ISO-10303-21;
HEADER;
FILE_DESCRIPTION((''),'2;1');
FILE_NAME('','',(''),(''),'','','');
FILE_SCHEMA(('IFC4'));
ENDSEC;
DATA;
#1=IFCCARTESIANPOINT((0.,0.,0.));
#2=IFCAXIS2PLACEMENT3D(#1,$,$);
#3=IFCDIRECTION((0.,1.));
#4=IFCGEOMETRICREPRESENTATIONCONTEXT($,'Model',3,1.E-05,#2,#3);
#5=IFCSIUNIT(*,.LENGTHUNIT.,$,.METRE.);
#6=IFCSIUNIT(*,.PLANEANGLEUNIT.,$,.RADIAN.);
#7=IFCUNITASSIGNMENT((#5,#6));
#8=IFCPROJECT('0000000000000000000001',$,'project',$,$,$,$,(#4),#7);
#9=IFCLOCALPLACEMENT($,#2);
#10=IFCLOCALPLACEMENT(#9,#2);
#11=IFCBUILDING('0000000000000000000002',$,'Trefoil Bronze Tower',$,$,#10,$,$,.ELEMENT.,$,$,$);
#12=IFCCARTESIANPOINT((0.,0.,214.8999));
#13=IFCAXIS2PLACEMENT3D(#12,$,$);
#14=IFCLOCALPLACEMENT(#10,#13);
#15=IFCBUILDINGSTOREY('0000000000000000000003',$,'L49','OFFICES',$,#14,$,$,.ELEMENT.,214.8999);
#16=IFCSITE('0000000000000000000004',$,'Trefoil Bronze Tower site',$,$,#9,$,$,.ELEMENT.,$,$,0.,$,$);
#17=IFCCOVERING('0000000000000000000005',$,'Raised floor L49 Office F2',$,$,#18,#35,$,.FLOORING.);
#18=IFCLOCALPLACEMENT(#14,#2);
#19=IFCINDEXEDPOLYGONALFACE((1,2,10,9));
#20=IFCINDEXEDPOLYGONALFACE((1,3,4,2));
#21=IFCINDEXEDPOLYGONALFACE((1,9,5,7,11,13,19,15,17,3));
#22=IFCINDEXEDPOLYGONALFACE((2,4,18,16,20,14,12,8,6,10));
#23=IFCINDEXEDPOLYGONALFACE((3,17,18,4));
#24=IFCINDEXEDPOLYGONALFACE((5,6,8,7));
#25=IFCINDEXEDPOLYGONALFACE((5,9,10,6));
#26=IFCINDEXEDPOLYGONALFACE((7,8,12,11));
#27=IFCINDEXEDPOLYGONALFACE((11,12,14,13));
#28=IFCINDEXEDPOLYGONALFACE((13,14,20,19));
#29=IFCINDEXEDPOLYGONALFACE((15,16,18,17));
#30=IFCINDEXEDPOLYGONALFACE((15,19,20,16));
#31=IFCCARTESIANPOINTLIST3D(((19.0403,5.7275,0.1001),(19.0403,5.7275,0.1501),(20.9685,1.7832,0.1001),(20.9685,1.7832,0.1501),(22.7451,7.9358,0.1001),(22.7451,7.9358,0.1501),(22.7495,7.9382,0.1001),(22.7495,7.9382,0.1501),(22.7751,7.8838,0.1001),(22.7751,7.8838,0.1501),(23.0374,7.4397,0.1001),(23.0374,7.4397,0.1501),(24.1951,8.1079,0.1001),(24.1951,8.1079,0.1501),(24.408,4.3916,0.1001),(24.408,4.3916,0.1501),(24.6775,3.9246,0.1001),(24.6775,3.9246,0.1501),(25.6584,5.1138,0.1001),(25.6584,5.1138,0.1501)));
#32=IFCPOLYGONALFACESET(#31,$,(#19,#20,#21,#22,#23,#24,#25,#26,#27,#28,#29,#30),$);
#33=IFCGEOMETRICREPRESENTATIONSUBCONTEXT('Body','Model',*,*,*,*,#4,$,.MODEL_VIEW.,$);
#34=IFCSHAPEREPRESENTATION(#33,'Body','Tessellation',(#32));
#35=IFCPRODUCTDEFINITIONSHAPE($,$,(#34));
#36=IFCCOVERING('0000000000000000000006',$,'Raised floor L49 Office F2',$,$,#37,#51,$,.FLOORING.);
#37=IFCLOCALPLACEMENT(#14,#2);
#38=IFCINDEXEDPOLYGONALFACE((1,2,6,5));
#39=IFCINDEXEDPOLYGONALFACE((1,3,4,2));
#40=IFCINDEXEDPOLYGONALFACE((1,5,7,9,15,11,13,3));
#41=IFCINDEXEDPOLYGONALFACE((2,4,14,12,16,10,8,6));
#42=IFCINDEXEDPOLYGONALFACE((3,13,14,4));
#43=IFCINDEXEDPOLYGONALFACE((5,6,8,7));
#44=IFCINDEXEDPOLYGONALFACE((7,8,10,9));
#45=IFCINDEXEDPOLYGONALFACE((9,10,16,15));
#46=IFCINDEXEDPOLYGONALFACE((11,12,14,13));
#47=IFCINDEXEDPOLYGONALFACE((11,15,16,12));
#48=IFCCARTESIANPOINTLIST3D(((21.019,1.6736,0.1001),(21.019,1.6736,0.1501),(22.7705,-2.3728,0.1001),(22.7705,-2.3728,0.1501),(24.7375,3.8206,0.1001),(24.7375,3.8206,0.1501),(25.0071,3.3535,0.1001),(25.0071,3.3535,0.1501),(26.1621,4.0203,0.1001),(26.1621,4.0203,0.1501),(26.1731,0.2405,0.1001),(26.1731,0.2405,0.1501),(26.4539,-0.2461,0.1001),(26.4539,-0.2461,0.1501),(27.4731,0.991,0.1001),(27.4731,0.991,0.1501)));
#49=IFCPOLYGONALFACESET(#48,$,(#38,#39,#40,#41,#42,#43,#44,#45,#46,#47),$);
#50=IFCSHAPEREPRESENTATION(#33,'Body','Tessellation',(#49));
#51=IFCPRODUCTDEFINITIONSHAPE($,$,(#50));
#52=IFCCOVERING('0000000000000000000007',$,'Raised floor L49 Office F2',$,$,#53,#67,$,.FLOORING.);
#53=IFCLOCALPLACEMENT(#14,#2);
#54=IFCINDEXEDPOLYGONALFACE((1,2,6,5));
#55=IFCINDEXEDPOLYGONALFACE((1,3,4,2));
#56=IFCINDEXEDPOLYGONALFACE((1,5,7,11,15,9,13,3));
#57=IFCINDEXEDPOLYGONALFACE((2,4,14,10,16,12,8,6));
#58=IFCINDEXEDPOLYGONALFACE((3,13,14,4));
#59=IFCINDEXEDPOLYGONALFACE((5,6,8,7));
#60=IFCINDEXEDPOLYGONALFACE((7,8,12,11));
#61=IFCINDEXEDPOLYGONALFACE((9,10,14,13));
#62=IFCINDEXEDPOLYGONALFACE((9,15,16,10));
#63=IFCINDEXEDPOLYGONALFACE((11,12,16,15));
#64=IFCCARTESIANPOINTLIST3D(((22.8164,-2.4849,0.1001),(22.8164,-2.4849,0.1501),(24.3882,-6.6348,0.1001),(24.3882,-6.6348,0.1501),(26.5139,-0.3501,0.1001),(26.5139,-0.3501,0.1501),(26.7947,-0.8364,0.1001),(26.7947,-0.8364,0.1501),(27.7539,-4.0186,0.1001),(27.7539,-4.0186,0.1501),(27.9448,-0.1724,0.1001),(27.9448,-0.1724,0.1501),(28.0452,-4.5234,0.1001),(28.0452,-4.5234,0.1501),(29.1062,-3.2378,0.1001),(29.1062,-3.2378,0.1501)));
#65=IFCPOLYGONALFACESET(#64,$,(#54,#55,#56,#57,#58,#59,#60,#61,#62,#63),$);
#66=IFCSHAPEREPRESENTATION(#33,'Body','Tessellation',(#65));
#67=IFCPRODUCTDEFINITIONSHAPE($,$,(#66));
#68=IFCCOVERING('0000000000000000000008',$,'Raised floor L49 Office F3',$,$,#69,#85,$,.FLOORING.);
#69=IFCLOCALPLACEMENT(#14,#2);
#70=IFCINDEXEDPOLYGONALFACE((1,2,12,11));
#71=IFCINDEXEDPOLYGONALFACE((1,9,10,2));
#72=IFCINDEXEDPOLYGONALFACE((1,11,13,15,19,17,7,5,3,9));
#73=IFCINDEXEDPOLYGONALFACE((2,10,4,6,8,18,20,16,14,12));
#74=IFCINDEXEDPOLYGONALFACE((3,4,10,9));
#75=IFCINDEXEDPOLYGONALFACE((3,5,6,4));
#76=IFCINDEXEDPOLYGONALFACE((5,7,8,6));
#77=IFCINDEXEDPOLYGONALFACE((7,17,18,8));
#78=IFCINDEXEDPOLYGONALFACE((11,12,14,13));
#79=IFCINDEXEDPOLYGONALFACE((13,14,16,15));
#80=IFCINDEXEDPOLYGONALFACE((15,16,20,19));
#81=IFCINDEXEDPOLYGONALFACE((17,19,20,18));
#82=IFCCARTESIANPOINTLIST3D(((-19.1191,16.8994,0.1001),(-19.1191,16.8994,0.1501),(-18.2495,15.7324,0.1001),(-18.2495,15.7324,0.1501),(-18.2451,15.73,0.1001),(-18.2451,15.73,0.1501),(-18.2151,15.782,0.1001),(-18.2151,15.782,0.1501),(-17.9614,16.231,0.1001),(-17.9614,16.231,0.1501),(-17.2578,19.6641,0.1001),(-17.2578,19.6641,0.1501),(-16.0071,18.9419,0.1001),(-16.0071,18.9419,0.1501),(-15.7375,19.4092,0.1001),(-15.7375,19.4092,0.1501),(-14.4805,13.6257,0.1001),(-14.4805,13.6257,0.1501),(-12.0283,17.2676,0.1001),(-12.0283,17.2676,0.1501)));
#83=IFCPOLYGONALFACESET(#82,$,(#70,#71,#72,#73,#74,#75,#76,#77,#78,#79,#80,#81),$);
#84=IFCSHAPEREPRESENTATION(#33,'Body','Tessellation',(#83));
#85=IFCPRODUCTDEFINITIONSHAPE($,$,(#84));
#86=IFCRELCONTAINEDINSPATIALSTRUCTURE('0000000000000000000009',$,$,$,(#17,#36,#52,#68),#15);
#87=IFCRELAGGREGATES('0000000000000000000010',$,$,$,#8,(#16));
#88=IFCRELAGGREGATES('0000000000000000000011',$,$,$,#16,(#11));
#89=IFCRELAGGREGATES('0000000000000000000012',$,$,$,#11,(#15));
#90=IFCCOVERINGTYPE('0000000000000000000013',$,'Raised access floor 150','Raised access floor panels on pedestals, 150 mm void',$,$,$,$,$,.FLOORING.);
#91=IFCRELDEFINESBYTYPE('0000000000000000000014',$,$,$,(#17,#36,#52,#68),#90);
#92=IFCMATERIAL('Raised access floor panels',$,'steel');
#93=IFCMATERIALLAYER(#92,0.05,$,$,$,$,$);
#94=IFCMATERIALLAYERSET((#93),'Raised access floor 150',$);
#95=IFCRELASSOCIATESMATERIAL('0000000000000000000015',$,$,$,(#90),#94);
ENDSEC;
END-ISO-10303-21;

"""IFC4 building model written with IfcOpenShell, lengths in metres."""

from ifc_helpers import new_model, si_unit, direction, frame, origin, place, context, subcontext, project, spatial, polyline, outline, extrude, material, layer, layer_set, type_object, element, save


model = new_model("IFC4")

# Units and contexts
model_context = context("Model", 3, precision=1e-05, world=origin(), true_north=direction((0.0, 1.0)))
body_context = subcontext(model_context, "Body", "Model", "MODEL_VIEW")
ifc_project = project(units=[si_unit("LENGTHUNIT", "METRE"), si_unit("PLANEANGLEUNIT", "RADIAN")], contexts=[model_context])

# Site, building, storey
site_placement = place(None, origin())
site = spatial("IfcSite", under=ifc_project, at=site_placement, Name="Trefoil Bronze Tower site", CompositionType="ELEMENT", RefElevation=0.0)
building_placement = place(site_placement, origin())
building = spatial("IfcBuilding", under=site, at=building_placement, Name="Trefoil Bronze Tower", CompositionType="ELEMENT")
storey_placement = place(building_placement, frame((0.0, 0.0, 214.8999)))
storey = spatial("IfcBuildingStorey", under=building, at=storey_placement, Name="L49", Description="OFFICES", CompositionType="ELEMENT", Elevation=214.8999)

# Coverings
ifc_material_1 = material(Name="Raised access floor panels", Category="steel")
ifc_layer_1 = layer(ifc_material_1, 0.05)
ifc_layer_set_1 = layer_set([ifc_layer_1], Name="Raised access floor 150")
covering_type_1 = type_object("IfcCoveringType", Name="Raised access floor 150", Description="Raised access floor panels on pedestals, 150 mm void", PredefinedType="FLOORING", material=ifc_layer_set_1)
covering_1_placement = place(storey_placement, frame((0.0, 0.0, 0.1001)))
element("IfcCovering", 1, at=covering_1_placement, inside=storey, type_object=covering_type_1, Name="Raised floor L49 Office F2", PredefinedType="FLOORING", context=body_context, shape_type="SweptSolid", body=[
    extrude(outline(polyline([(24.6775, 3.9246), (20.9685, 1.7832), (19.0403, 5.7275), (22.7751, 7.8838), (22.7451, 7.9358), (22.7495, 7.9382), (23.0374, 7.4397), (24.1951, 8.1079), (25.6584, 5.1138), (24.408, 4.3916), (24.6775, 3.9246)])), origin(), (0.0, 0.0, 1.0), 0.05),
])
covering_2_placement = place(storey_placement, frame((0.0, 0.0, 0.1001)))
element("IfcCovering", 2, at=covering_2_placement, inside=storey, type_object=covering_type_1, Name="Raised floor L49 Office F2", PredefinedType="FLOORING", context=body_context, shape_type="SweptSolid", body=[
    extrude(outline(polyline([(26.4539, -0.2461), (22.7705, -2.3728), (21.019, 1.6736), (24.7375, 3.8206), (25.0071, 3.3535), (26.1621, 4.0203), (27.4731, 0.991), (26.1731, 0.2405), (26.4539, -0.2461)])), origin(), (0.0, 0.0, 1.0), 0.05),
])
covering_3_placement = place(storey_placement, frame((0.0, 0.0, 0.1001)))
element("IfcCovering", 3, at=covering_3_placement, inside=storey, type_object=covering_type_1, Name="Raised floor L49 Office F2", PredefinedType="FLOORING", context=body_context, shape_type="SweptSolid", body=[
    extrude(outline(polyline([(28.0452, -4.5234), (24.3882, -6.6348), (22.8164, -2.4849), (26.5139, -0.3501), (26.7947, -0.8364), (27.9448, -0.1724), (29.1062, -3.2378), (27.7539, -4.0186), (28.0452, -4.5234)])), origin(), (0.0, 0.0, 1.0), 0.05),
])
covering_4_placement = place(storey_placement, frame((0.0, 0.0, 0.1001)))
element("IfcCovering", 4, at=covering_4_placement, inside=storey, type_object=covering_type_1, Name="Raised floor L49 Office F3", PredefinedType="FLOORING", context=body_context, shape_type="SweptSolid", body=[
    extrude(outline(polyline([(-15.7375, 19.4092), (-12.0283, 17.2676), (-14.4805, 13.6257), (-18.2151, 15.782), (-18.2451, 15.73), (-18.2495, 15.7324), (-17.9614, 16.231), (-19.1191, 16.8994), (-17.2578, 19.6641), (-16.0071, 18.9419), (-15.7375, 19.4092)])), origin(), (0.0, 0.0, 1.0), 0.05),
])

save(model, "model.ifc")
